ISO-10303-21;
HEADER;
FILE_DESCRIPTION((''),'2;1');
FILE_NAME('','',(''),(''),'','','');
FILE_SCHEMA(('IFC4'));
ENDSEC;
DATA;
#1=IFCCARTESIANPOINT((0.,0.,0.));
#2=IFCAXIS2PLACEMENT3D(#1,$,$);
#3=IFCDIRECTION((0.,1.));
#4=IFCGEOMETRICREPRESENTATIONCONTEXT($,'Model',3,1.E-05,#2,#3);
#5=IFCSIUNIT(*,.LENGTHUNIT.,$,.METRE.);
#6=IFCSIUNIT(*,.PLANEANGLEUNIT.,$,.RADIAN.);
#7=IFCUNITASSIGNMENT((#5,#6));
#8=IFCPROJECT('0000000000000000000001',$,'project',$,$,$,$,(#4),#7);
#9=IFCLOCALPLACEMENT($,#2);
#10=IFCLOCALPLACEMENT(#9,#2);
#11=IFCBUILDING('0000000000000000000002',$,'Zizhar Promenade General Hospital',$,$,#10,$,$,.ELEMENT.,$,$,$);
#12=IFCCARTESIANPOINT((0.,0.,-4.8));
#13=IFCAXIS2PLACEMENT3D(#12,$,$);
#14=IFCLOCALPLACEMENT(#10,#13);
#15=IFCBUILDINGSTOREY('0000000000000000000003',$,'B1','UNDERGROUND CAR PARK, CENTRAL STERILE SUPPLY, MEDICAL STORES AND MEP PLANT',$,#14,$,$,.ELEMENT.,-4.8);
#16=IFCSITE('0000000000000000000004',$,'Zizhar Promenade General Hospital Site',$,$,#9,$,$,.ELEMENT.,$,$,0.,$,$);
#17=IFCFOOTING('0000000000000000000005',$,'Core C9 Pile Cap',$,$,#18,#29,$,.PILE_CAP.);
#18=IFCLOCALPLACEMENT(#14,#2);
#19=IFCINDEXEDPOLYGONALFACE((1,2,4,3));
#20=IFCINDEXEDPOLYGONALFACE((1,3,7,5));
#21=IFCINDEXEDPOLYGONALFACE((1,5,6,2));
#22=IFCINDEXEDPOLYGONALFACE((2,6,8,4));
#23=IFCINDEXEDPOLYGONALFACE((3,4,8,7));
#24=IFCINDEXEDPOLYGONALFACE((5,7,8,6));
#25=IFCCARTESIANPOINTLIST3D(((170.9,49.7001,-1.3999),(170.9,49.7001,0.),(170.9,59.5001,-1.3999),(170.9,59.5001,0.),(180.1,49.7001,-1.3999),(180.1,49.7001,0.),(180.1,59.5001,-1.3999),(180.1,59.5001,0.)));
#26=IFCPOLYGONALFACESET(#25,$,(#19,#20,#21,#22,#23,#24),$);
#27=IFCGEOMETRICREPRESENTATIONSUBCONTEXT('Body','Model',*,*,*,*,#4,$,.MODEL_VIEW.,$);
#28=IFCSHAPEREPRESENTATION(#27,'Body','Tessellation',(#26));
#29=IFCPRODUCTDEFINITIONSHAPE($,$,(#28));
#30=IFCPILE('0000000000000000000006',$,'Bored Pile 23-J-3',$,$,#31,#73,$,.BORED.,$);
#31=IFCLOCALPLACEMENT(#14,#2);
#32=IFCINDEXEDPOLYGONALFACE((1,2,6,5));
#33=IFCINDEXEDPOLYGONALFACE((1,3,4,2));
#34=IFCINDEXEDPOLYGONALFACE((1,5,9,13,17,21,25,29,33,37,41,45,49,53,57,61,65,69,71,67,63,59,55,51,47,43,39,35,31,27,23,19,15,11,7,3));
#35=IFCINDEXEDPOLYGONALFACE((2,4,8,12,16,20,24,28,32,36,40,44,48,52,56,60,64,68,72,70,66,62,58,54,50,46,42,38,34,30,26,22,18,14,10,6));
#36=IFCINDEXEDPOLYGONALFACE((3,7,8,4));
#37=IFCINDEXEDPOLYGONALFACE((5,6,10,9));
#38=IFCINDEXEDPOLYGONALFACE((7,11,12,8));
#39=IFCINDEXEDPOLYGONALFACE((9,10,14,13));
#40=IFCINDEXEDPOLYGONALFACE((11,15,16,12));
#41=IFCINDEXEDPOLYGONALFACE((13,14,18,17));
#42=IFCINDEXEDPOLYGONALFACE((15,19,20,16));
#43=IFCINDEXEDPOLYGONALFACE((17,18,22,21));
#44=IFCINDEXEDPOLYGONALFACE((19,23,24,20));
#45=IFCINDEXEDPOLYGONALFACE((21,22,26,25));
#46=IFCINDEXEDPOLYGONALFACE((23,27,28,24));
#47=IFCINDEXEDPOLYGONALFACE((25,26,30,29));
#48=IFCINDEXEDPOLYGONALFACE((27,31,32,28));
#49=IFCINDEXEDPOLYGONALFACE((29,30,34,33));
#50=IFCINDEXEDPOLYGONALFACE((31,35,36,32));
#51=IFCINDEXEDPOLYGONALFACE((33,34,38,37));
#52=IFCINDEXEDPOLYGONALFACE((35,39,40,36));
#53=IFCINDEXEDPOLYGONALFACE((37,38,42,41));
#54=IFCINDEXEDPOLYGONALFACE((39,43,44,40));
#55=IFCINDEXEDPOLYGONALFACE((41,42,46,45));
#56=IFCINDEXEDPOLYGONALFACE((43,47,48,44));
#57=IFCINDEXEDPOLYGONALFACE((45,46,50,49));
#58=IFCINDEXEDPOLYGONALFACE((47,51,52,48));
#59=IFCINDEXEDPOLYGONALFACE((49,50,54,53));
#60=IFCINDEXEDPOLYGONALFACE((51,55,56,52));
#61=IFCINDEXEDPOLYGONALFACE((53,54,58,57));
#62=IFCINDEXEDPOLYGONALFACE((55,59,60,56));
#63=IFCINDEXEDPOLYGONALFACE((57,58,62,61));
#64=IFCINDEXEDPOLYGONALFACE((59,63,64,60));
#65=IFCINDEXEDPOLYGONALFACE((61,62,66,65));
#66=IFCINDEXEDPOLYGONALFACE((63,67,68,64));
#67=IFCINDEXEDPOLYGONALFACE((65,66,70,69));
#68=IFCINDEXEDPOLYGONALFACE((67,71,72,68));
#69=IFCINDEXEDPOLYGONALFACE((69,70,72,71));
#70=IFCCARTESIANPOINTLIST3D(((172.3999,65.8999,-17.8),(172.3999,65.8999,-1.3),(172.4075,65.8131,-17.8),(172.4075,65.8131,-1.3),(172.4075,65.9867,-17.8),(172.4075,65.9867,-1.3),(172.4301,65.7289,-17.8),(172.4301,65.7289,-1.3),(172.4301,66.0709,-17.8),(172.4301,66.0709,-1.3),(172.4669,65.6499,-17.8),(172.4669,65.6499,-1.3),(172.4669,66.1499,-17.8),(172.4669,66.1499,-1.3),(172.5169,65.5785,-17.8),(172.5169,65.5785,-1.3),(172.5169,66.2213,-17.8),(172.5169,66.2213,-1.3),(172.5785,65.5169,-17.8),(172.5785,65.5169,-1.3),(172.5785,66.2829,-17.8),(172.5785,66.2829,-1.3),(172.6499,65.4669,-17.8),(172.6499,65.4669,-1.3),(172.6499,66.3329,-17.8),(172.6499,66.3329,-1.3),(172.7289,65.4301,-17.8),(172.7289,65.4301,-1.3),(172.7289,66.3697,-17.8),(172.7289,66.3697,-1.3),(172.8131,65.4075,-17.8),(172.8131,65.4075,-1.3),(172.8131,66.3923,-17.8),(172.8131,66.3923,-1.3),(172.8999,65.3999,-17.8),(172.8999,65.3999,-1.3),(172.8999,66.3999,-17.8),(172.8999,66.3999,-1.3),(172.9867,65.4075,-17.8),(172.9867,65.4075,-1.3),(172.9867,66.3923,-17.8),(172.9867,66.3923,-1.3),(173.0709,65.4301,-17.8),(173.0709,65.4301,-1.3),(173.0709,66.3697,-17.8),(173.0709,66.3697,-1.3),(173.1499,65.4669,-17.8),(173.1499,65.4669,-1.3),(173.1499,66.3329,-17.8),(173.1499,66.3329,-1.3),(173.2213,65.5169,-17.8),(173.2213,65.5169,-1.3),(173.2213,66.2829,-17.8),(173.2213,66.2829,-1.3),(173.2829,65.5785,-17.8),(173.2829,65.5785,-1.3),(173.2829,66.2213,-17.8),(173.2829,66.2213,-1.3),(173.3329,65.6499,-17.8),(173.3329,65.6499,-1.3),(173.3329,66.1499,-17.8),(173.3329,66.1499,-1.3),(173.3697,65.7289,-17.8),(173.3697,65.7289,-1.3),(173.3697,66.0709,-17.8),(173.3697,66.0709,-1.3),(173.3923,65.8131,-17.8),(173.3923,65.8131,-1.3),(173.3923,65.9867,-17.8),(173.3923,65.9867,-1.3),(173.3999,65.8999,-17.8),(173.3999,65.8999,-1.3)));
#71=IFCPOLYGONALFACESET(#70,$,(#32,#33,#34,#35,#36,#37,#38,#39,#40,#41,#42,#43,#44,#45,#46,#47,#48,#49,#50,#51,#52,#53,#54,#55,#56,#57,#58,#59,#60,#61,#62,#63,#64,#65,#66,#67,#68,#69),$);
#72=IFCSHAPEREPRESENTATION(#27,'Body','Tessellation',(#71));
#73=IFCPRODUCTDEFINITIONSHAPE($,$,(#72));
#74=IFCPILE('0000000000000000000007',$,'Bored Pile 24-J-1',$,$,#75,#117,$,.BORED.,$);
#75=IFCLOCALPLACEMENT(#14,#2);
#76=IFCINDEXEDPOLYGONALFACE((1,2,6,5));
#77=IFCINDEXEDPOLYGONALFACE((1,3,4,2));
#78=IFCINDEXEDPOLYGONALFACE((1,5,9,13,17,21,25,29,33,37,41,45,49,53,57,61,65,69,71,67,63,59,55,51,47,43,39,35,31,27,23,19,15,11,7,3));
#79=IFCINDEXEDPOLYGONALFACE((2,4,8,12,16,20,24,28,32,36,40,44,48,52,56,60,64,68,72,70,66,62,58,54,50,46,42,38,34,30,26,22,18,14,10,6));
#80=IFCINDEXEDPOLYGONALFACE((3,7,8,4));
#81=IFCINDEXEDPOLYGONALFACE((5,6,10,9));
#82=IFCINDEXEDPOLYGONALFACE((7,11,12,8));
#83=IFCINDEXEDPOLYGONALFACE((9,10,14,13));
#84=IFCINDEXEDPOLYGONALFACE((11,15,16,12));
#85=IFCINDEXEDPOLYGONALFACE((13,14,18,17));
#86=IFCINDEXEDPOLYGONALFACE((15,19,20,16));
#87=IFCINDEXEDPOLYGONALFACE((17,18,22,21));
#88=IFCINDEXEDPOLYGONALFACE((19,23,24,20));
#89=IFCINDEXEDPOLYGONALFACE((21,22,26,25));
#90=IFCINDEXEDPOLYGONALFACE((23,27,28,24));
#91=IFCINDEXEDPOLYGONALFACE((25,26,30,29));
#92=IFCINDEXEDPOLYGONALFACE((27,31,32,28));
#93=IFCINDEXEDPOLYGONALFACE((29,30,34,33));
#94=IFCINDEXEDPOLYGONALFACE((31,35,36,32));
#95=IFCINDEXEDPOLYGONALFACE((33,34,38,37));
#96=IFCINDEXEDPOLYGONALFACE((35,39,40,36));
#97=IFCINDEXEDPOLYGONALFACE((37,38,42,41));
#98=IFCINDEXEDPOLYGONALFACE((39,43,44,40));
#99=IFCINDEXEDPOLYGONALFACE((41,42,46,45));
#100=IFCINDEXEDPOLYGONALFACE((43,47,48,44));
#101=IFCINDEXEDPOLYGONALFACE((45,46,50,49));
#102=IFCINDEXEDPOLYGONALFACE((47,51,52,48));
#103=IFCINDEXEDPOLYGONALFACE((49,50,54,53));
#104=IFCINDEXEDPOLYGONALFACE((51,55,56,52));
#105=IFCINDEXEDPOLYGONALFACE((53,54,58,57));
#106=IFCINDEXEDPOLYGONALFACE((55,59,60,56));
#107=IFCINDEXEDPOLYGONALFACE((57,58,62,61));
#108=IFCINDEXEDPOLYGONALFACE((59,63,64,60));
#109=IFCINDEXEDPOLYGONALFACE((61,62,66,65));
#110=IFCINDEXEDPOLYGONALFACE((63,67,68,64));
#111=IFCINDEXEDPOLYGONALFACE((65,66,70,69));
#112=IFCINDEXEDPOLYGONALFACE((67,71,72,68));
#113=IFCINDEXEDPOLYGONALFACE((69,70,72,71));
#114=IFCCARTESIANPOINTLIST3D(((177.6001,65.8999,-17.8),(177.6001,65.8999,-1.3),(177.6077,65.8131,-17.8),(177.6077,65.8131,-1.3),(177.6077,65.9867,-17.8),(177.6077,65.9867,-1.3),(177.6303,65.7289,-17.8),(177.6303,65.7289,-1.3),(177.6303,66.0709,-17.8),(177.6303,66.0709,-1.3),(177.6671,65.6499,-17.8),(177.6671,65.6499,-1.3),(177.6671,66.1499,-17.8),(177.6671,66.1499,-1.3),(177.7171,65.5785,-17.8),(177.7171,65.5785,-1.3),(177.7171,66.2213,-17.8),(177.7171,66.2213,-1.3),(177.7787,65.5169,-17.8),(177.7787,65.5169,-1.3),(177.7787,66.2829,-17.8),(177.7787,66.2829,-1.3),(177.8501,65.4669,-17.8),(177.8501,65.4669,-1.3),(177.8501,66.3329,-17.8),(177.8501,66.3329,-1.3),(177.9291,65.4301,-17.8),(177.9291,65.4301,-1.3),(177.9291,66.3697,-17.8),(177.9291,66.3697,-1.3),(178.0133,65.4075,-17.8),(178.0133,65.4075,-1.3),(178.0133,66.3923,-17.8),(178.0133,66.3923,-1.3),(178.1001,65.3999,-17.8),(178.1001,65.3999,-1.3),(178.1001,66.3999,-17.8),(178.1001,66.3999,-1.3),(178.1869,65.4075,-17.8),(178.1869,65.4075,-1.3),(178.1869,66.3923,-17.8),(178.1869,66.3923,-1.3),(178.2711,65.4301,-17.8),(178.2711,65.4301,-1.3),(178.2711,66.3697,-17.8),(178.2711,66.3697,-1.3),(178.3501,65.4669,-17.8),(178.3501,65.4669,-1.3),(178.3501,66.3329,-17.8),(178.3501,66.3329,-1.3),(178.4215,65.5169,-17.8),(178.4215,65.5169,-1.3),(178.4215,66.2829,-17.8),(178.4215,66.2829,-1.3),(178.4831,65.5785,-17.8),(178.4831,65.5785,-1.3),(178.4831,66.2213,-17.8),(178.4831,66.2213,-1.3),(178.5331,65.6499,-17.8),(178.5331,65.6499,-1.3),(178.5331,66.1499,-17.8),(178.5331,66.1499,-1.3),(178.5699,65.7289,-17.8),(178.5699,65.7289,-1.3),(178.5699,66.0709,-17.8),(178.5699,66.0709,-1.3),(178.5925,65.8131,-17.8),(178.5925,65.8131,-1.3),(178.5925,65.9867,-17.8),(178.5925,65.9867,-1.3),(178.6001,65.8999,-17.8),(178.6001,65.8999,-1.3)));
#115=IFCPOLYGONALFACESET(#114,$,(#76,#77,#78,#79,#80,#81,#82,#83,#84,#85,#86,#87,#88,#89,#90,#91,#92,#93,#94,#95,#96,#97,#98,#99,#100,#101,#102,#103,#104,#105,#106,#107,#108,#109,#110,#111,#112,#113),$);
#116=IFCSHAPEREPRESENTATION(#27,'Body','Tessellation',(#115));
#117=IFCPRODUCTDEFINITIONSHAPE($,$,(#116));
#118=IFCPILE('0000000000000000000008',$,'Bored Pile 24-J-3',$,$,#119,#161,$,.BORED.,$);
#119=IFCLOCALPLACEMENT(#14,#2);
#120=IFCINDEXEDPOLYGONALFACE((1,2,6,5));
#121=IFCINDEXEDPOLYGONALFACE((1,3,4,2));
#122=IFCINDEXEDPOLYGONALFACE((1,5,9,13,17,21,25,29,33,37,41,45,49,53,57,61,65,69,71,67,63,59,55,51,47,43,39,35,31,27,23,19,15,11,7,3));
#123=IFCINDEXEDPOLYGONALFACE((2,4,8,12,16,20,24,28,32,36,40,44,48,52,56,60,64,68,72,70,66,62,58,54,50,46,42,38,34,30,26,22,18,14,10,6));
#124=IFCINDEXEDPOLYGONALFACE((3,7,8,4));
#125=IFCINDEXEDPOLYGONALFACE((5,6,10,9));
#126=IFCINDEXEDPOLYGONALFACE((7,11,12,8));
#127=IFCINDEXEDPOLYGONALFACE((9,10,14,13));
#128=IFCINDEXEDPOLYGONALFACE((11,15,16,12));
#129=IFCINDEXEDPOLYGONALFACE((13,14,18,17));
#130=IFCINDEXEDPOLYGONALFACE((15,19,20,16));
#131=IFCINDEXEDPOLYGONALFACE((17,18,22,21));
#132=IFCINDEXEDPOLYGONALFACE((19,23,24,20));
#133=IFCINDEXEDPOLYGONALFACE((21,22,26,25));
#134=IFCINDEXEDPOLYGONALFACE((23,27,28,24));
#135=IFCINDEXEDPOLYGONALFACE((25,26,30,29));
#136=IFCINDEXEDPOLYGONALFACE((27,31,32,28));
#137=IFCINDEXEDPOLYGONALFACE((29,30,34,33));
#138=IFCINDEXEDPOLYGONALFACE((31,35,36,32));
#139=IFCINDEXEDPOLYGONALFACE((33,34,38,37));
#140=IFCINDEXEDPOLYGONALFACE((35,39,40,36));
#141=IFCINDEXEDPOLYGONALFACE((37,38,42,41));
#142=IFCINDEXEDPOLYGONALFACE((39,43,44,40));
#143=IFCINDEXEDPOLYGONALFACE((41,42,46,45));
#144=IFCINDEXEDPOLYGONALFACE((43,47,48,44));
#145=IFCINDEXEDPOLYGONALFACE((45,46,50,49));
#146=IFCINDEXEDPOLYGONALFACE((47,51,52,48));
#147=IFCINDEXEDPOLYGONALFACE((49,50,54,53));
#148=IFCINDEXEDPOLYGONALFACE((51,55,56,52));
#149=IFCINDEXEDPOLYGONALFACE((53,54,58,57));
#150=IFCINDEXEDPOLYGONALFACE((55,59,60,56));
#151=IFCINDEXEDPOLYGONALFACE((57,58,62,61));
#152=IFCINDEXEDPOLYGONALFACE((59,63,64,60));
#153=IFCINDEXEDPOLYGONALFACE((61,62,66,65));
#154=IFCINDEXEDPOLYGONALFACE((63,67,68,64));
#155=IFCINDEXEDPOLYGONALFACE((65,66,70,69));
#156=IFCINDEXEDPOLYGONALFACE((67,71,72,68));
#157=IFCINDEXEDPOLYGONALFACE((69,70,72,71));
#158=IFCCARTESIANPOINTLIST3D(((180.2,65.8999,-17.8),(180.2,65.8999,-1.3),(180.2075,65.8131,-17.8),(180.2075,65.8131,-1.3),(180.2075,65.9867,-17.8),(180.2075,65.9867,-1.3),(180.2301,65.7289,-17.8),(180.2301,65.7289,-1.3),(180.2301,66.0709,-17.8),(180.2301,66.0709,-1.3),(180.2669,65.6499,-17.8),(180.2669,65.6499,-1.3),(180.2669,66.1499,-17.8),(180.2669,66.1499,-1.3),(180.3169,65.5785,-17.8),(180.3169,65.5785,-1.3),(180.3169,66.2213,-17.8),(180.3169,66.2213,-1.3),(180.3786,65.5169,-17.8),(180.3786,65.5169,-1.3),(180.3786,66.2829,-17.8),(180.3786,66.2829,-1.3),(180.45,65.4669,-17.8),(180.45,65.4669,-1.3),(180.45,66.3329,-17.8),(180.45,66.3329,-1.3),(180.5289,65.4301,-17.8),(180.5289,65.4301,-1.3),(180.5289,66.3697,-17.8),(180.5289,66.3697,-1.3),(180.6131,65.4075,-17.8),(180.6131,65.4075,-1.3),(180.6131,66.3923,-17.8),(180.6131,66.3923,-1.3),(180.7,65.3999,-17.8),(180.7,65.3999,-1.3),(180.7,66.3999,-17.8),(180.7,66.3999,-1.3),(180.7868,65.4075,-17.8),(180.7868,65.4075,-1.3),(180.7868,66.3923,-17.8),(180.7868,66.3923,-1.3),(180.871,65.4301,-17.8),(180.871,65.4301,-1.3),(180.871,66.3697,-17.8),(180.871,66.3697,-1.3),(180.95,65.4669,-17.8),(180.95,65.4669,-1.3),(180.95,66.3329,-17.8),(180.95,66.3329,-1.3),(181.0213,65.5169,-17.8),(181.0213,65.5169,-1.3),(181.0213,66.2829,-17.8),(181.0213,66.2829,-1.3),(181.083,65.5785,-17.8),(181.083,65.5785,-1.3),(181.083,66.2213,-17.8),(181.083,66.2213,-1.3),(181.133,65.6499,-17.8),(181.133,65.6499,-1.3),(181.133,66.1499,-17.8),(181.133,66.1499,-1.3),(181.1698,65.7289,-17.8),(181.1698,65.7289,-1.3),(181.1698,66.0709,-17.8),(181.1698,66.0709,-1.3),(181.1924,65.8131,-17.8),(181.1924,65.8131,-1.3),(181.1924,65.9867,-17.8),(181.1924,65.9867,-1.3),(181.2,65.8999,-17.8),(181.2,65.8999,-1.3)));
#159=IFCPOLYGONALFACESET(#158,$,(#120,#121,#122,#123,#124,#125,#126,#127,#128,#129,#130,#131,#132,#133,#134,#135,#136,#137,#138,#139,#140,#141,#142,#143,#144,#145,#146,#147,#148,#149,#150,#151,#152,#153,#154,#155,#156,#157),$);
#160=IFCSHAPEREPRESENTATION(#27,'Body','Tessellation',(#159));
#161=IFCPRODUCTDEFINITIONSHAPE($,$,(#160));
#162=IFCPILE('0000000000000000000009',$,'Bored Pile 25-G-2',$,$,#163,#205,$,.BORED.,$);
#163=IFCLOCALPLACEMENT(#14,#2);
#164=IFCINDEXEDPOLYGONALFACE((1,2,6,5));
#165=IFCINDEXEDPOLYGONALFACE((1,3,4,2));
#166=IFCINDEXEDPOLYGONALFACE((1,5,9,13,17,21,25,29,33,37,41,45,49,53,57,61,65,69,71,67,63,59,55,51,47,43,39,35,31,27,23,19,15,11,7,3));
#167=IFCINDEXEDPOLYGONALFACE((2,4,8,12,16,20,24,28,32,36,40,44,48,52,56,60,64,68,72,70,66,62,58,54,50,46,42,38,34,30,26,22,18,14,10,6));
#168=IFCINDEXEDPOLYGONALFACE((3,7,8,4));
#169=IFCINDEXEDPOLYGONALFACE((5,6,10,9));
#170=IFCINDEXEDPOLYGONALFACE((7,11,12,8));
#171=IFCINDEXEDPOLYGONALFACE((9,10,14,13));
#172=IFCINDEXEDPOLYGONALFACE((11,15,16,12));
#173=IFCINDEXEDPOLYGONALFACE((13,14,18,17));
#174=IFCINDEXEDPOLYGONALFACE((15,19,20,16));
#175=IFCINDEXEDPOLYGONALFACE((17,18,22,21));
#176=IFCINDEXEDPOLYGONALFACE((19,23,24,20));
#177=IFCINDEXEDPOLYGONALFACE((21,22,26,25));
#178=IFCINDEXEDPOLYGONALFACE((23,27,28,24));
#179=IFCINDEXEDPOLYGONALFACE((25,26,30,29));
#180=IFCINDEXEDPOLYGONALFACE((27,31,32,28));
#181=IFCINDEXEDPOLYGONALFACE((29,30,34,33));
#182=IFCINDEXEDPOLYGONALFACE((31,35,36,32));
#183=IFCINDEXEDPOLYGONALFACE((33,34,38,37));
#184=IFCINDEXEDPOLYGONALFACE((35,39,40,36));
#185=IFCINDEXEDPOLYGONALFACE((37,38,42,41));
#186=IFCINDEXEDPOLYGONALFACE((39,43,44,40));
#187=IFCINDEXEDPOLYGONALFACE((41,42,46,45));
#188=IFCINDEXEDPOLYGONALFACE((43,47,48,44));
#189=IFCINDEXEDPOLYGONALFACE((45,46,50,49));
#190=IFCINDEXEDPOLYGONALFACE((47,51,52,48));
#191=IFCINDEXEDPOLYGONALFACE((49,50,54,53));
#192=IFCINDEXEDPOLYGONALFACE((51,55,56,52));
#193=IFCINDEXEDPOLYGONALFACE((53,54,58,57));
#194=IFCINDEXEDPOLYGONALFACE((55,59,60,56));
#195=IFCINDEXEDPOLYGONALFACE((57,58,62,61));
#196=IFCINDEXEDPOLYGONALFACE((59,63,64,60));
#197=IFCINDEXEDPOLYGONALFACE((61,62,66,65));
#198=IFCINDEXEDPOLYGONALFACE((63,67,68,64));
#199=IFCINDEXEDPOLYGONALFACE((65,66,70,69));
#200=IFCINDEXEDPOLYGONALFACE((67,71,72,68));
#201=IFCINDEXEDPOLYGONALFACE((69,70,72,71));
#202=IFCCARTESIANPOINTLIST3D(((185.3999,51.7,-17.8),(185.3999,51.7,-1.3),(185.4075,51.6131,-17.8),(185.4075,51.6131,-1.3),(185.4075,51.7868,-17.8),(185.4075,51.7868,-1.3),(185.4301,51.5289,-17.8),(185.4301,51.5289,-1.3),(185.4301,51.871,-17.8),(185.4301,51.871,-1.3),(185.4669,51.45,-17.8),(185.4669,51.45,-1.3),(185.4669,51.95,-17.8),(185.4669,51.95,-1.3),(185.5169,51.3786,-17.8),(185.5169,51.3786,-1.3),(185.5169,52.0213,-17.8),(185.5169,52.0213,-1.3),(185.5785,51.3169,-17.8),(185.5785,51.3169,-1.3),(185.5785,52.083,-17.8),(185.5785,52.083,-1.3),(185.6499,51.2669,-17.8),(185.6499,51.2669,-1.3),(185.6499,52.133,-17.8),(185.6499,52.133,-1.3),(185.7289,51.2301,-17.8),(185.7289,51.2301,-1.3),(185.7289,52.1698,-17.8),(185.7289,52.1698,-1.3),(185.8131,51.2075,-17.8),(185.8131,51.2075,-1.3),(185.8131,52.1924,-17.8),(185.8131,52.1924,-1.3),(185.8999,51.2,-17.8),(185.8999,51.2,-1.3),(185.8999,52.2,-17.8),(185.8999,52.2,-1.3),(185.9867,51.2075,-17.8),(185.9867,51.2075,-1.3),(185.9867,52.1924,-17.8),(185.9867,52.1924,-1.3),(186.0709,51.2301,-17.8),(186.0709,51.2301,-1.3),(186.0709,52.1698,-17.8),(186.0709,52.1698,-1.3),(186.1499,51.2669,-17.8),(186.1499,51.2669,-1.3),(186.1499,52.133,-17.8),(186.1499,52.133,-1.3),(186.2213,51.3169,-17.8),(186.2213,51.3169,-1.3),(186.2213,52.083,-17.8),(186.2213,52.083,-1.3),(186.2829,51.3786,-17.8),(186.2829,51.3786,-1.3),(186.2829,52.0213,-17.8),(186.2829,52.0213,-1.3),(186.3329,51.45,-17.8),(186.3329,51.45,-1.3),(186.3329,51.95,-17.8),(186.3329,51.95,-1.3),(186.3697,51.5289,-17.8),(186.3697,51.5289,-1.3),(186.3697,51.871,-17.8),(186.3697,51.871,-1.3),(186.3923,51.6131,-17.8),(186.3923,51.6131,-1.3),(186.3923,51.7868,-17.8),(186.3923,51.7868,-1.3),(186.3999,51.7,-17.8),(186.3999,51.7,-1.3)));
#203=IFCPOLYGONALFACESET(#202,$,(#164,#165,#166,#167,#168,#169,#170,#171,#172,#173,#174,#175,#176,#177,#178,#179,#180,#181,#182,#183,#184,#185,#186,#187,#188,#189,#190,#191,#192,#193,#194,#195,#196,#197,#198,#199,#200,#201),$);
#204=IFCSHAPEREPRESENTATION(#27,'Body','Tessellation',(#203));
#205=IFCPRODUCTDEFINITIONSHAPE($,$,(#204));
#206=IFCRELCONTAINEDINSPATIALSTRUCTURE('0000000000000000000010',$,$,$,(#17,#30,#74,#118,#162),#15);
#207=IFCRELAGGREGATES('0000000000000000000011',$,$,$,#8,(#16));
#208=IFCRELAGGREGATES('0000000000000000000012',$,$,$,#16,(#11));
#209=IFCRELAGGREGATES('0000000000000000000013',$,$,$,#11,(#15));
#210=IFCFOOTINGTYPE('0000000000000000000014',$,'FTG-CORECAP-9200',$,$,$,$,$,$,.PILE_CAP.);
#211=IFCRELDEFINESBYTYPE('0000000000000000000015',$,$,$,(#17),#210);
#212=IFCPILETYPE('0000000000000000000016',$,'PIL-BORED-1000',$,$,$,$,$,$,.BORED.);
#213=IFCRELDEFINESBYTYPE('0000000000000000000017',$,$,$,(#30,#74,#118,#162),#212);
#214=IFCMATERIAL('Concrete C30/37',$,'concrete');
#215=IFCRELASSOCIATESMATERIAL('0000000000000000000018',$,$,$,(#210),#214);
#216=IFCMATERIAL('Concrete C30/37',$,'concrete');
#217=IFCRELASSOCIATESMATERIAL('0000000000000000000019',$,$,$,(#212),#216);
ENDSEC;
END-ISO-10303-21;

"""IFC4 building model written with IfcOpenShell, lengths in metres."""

from ifc_helpers import new_model, si_unit, direction, frame, origin, origin_2d, place, context, subcontext, project, spatial, rectangle, circle, extrude, material, material_profile, profile_set, type_object, element, save


model = new_model("IFC4")

# Units and contexts
model_context = context("Model", 3, precision=1e-05, world=origin(), true_north=direction((0.0, 1.0)))
body_context = subcontext(model_context, "Body", "Model", "MODEL_VIEW")
ifc_project = project(units=[si_unit("LENGTHUNIT", "METRE"), si_unit("PLANEANGLEUNIT", "RADIAN")], contexts=[model_context])

# Site, building, storey
site_placement = place(None, origin())
site = spatial("IfcSite", under=ifc_project, at=site_placement, Name="Zizhar Promenade General Hospital Site", CompositionType="ELEMENT", RefElevation=0.0)
building_placement = place(site_placement, origin())
building = spatial("IfcBuilding", under=site, at=building_placement, Name="Zizhar Promenade General Hospital", CompositionType="ELEMENT")
storey_placement = place(building_placement, frame((0.0, 0.0, -4.8)))
storey = spatial("IfcBuildingStorey", under=building, at=storey_placement, Name="B1", Description="UNDERGROUND CAR PARK, CENTRAL STERILE SUPPLY, MEDICAL STORES AND MEP PLANT", CompositionType="ELEMENT", Elevation=-4.8)

# Footing
ifc_material_1 = material(Name="Concrete C30/37", Category="concrete")
footing_type = type_object("IfcFootingType", Name="FTG-CORECAP-9200", PredefinedType="PILE_CAP", material=ifc_material_1)
footing_placement = place(storey_placement, frame((175.5, 54.6001, -1.3999), z_axis=(0.0, 0.0, 1.0), x_axis=(1.0, 0.0, 0.0)))
element("IfcFooting", 1, at=footing_placement, inside=storey, type_object=footing_type, Name="Core C9 Pile Cap", PredefinedType="PILE_CAP", context=body_context, shape_type="SweptSolid", body=[
    extrude(rectangle(XDim=9.2, YDim=9.8, at=origin_2d()), origin(), (0.0, 0.0, 1.0), 1.3999),
])

# Piles
ifc_material_2 = material(Name="Concrete C30/37", Category="concrete")
ifc_material_profile_1 = material_profile(ifc_material_2, circle(Radius=0.5, at=origin_2d()))
ifc_profile_set_1 = profile_set([ifc_material_profile_1], Name="Concrete C30/37")
pile_type_1 = type_object("IfcPileType", Name="PIL-BORED-1000", PredefinedType="BORED", material=ifc_profile_set_1)
for number, where, z_axis, x_axis, name in (
    (2, (172.8999, 65.8999, -1.3), (0.0, 0.0, -1.0), (1.0, 0.0, 0.0), "Bored Pile 23-J-3"),
    (3, (178.1001, 65.8999, -1.3), (0.0, 0.0, -1.0), (1.0, 0.0, 0.0), "Bored Pile 24-J-1"),
    (4, (180.7, 65.8999, -1.3), (0.0, 0.0, -1.0), (1.0, 0.0, 0.0), "Bored Pile 24-J-3"),
    (5, (185.8999, 51.7, -1.3), (0.0, 0.0, -1.0), (1.0, 0.0, 0.0), "Bored Pile 25-G-2"),
):
    element("IfcPile", number, at=place(storey_placement, frame(where, z_axis=z_axis, x_axis=x_axis)), inside=storey, type_object=pile_type_1, Name=name, PredefinedType="BORED", context=body_context, shape_type="SweptSolid", body=[
        extrude(circle(Radius=0.5, at=origin_2d()), origin(), (0.0, 0.0, 1.0), 16.5),
    ])

save(model, "model.ifc")
